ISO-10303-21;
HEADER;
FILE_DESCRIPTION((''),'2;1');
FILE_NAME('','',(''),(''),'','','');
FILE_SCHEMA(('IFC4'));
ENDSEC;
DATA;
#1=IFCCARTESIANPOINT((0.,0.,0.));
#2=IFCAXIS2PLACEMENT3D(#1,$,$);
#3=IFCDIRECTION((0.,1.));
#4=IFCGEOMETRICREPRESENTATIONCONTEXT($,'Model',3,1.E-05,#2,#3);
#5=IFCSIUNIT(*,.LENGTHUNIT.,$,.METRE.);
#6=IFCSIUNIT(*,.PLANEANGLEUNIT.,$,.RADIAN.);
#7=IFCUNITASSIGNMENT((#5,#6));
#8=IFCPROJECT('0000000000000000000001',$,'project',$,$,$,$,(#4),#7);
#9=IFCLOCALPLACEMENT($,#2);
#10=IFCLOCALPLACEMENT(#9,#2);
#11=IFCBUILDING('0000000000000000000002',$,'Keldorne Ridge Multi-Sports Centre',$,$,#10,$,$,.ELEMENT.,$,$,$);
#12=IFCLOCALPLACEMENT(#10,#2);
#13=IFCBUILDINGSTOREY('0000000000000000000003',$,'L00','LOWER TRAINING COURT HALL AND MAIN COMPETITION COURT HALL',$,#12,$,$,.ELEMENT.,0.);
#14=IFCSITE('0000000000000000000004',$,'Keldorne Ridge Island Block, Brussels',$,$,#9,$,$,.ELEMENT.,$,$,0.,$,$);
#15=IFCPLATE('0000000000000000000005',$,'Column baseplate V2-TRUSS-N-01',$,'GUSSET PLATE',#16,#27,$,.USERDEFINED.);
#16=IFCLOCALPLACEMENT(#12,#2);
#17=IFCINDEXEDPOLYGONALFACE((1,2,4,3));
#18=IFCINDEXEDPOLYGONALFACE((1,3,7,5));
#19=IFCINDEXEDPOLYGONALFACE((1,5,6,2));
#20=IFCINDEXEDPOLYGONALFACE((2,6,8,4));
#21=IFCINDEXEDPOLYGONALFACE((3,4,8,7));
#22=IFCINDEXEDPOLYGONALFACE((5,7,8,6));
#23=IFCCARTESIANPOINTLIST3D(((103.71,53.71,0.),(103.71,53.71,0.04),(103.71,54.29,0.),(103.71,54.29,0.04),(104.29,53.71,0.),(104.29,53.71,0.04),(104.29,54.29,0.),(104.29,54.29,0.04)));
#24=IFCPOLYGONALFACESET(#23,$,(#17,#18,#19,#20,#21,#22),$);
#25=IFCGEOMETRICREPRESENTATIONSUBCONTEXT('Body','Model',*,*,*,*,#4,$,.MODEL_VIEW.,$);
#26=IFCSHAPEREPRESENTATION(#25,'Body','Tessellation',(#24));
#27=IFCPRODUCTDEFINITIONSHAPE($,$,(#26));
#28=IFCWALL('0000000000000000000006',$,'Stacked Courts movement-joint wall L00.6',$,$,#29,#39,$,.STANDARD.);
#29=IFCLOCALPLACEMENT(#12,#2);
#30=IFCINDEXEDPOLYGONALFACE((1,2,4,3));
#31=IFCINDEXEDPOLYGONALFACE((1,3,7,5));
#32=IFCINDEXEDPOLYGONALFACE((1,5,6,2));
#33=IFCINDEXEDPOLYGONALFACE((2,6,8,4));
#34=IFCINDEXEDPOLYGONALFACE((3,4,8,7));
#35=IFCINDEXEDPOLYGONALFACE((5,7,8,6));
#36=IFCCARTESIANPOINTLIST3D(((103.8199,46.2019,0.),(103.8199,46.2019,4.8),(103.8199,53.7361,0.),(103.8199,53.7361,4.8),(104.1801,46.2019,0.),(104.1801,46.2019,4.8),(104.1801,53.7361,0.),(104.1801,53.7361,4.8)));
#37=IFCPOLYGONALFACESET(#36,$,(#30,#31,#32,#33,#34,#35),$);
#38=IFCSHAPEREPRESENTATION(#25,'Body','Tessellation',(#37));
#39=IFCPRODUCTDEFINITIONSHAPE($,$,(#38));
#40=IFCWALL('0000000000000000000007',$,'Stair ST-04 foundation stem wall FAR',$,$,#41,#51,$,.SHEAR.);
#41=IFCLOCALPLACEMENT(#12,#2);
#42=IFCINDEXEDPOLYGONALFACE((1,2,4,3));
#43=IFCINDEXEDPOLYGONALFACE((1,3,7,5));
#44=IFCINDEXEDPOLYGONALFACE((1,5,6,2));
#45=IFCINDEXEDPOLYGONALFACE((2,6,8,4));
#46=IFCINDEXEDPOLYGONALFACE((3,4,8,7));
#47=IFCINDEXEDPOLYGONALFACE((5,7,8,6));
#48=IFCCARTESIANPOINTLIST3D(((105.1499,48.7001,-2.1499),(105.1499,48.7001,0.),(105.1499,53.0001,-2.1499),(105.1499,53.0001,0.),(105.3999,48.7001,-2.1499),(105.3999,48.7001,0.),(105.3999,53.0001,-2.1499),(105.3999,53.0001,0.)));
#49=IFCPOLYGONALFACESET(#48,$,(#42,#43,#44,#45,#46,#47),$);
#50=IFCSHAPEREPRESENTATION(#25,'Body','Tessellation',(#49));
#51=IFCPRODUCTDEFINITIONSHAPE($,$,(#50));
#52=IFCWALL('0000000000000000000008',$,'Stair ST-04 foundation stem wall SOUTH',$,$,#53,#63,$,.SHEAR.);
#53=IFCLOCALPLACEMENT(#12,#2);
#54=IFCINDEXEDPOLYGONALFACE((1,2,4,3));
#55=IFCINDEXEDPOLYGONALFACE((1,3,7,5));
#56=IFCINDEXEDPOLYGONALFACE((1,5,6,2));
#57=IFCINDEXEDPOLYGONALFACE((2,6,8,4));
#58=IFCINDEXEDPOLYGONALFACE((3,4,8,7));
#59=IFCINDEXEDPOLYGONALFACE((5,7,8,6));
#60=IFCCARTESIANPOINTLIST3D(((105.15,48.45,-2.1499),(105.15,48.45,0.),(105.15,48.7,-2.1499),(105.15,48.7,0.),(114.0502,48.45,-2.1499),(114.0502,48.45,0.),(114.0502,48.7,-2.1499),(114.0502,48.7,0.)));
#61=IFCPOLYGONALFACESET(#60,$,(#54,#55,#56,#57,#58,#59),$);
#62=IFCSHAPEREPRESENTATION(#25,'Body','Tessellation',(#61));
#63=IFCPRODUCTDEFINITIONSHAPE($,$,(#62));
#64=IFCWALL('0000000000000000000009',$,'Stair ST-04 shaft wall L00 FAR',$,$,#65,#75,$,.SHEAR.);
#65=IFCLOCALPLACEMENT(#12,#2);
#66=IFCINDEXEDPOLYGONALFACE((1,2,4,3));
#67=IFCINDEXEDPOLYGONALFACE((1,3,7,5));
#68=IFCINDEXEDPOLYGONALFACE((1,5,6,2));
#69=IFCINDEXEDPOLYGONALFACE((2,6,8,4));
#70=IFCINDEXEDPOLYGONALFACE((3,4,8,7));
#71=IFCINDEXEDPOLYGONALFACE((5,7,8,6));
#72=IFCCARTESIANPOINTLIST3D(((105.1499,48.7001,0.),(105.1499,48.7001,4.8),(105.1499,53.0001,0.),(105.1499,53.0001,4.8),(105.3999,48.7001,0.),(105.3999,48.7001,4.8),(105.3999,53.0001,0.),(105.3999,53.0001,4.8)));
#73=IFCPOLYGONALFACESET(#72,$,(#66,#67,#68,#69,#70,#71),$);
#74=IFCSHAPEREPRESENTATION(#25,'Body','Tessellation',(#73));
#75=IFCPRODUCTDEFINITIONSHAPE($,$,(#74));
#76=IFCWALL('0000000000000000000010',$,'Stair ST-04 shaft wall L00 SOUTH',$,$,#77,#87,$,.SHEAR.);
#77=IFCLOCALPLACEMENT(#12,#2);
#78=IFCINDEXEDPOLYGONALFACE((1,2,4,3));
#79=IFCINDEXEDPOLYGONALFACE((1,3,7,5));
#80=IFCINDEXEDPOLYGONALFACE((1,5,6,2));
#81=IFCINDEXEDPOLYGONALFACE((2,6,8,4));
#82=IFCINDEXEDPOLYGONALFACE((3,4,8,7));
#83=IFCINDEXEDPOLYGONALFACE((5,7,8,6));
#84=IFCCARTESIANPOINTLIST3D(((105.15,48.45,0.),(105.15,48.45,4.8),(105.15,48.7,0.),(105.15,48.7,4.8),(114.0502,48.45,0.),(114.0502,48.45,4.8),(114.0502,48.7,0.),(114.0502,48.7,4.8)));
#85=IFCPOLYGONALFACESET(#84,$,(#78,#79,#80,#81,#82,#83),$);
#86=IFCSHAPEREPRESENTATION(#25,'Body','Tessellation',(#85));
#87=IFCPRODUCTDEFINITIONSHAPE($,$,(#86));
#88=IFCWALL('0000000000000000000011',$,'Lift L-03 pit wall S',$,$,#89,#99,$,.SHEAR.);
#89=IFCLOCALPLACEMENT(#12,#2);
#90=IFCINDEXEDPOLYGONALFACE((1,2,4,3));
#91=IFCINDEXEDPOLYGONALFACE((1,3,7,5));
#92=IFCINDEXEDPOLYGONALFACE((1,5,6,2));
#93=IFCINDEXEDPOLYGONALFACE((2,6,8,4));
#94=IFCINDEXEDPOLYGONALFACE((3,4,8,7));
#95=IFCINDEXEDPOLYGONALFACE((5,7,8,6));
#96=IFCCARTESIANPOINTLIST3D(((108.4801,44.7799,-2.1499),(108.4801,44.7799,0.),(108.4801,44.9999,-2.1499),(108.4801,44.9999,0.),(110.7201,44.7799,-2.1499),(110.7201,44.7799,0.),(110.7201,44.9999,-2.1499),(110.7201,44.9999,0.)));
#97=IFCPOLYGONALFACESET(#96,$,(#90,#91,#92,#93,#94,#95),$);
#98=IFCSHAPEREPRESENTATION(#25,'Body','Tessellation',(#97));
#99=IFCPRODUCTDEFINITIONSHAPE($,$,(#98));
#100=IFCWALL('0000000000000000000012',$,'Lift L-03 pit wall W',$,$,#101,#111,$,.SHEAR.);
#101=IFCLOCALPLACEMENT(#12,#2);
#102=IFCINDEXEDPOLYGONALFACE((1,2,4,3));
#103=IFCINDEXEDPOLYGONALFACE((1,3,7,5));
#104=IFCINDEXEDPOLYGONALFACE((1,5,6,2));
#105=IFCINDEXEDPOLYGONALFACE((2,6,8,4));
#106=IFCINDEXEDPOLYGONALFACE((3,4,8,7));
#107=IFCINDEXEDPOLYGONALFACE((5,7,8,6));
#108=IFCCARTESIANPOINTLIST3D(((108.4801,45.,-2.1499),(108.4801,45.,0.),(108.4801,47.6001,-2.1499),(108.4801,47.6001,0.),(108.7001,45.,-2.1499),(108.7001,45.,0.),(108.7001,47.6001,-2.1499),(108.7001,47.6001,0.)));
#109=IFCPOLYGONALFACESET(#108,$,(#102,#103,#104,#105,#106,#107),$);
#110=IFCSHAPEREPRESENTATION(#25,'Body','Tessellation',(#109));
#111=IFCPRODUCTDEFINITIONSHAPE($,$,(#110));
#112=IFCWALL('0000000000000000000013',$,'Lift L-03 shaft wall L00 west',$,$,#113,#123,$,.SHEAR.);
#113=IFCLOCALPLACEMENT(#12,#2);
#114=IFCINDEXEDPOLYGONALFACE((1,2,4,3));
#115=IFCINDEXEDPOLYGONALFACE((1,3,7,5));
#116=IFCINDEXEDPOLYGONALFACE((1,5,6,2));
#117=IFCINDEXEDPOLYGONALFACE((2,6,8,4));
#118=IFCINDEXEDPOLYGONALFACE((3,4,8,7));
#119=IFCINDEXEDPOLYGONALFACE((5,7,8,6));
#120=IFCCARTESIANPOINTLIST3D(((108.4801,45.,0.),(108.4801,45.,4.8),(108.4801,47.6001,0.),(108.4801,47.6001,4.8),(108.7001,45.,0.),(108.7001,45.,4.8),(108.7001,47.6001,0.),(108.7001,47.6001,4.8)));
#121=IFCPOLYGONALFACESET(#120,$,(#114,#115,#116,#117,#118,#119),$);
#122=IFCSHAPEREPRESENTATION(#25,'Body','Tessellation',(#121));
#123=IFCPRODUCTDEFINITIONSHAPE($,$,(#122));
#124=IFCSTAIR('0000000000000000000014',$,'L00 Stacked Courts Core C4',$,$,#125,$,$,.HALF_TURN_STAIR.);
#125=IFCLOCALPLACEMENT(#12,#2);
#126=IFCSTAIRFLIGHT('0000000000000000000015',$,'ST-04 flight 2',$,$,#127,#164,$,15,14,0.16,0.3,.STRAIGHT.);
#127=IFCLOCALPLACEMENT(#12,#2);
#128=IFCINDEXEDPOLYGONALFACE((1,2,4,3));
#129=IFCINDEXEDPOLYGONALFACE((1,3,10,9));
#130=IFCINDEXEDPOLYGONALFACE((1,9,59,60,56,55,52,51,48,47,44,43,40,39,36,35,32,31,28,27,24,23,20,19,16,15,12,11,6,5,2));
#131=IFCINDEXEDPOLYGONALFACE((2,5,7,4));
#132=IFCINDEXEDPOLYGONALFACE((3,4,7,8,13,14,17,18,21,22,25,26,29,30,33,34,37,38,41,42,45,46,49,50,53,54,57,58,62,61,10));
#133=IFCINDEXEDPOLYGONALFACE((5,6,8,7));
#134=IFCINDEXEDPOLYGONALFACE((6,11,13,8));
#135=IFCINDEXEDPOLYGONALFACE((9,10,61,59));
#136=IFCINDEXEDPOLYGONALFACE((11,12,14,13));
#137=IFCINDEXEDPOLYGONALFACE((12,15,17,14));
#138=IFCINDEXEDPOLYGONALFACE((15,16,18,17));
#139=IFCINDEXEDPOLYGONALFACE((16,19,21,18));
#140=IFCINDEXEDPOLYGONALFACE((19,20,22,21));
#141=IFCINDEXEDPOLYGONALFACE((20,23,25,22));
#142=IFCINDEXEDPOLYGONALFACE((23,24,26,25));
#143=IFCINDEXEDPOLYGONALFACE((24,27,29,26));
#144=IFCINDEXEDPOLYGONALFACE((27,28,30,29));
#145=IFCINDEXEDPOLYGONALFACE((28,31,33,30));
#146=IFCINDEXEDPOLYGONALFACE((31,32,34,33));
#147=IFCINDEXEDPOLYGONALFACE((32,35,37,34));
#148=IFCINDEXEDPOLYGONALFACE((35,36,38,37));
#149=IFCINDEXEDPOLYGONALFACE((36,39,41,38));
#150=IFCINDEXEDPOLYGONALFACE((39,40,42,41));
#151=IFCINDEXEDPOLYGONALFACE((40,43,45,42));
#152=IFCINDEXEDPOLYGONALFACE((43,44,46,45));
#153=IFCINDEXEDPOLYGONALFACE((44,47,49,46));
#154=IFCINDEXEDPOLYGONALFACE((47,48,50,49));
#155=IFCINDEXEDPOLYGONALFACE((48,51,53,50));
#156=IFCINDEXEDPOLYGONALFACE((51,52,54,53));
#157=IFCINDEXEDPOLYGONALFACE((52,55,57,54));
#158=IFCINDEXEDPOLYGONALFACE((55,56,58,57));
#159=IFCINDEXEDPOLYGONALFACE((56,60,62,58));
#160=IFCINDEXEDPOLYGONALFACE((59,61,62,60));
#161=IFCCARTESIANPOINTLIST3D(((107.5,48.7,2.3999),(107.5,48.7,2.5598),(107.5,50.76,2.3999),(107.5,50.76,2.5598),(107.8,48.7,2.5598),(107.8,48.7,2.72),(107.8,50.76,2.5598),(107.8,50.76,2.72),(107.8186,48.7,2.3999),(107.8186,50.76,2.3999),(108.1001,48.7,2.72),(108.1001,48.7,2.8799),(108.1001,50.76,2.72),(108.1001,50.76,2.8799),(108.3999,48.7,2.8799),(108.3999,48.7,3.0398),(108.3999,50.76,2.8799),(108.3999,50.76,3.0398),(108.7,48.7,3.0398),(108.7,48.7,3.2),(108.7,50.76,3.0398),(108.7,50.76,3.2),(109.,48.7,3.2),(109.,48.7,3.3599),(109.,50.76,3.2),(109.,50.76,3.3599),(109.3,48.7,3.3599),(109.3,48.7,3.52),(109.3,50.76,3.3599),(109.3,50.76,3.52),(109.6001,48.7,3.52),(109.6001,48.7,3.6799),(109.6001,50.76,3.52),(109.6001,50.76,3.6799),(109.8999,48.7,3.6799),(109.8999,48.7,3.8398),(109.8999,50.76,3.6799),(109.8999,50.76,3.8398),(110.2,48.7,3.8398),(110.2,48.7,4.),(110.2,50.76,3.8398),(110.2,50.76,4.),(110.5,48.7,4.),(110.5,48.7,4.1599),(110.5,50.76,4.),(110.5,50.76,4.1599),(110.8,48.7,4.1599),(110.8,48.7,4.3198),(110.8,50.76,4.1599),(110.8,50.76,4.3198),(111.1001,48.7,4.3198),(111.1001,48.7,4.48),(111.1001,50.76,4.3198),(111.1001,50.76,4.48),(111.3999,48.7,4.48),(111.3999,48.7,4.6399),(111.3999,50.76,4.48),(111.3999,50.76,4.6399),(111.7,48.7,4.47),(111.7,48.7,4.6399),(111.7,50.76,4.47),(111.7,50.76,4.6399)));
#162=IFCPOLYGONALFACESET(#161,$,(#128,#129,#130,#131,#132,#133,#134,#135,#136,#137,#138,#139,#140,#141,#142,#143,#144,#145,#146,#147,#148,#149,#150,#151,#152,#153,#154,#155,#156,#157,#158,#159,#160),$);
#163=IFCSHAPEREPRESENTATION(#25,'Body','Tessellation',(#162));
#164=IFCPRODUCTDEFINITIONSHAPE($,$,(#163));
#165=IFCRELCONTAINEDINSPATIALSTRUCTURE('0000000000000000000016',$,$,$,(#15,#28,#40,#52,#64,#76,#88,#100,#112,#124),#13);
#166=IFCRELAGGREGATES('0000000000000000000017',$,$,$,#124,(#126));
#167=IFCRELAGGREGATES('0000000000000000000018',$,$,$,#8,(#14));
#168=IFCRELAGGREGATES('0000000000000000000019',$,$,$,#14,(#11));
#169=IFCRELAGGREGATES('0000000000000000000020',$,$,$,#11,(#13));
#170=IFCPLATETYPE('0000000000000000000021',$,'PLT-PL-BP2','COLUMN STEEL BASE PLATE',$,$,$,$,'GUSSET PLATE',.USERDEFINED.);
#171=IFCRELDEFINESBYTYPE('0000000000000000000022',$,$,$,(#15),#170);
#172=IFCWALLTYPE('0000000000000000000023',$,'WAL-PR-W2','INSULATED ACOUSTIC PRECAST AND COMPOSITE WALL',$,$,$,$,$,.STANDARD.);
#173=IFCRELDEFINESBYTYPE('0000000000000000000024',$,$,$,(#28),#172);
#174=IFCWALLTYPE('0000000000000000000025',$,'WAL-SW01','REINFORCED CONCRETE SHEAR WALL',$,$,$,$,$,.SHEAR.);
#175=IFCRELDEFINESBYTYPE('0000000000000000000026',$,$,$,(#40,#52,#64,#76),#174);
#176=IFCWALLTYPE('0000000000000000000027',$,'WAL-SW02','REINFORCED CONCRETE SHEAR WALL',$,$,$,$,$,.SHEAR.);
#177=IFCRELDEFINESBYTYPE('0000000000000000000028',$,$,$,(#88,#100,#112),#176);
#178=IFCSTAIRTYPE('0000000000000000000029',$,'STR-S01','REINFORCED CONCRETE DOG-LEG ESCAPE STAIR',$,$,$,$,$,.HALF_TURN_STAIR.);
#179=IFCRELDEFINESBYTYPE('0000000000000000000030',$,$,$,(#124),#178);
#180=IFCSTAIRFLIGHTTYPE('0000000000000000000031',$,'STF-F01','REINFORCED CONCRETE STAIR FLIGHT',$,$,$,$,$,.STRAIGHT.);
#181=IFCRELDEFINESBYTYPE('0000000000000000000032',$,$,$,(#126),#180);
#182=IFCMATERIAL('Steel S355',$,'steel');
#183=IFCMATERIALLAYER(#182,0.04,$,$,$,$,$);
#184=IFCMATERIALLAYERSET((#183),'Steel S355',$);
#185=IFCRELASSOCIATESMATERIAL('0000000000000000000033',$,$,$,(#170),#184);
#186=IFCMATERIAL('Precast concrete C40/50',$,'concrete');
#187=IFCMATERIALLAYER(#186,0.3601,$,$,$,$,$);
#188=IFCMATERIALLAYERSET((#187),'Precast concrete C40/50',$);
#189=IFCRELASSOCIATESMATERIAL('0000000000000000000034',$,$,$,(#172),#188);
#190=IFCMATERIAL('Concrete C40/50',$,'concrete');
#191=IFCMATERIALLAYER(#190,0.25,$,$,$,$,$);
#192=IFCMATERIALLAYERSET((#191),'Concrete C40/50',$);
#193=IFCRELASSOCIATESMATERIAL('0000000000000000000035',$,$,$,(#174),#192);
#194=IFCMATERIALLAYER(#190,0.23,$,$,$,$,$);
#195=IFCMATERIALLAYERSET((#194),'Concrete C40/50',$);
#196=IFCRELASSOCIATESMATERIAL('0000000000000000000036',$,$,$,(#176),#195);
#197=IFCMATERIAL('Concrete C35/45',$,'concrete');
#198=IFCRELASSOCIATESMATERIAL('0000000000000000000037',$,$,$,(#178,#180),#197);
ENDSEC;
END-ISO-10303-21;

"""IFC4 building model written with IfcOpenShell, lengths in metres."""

from ifc_helpers import new_model, si_unit, direction, frame, frame_2d, origin, origin_2d, place, context, subcontext, project, spatial, polyline, rectangle, outline, extrude, material, layer, layer_set, type_object, element, aggregate, save


model = new_model("IFC4")

# Units and contexts
model_context = context("Model", 3, precision=1e-05, world=origin(), true_north=direction((0.0, 1.0)))
body_context = subcontext(model_context, "Body", "Model", "MODEL_VIEW")
ifc_project = project(units=[si_unit("LENGTHUNIT", "METRE"), si_unit("PLANEANGLEUNIT", "RADIAN")], contexts=[model_context])

# Site, building, storey
site_placement = place(None, origin())
site = spatial("IfcSite", under=ifc_project, at=site_placement, Name="Keldorne Ridge Island Block, Brussels", CompositionType="ELEMENT", RefElevation=0.0)
building_placement = place(site_placement, origin())
building = spatial("IfcBuilding", under=site, at=building_placement, Name="Keldorne Ridge Multi-Sports Centre", CompositionType="ELEMENT")
storey_placement = place(building_placement, origin())
storey = spatial("IfcBuildingStorey", under=building, at=storey_placement, Name="L00", Description="LOWER TRAINING COURT HALL AND MAIN COMPETITION COURT HALL", CompositionType="ELEMENT", Elevation=0.0)

# Shared definitions
ifc_material_1 = material(Name="Concrete C35/45", Category="concrete")

# Shared definitions
ifc_material_2 = material(Name="Steel S355", Category="steel")
ifc_material_3 = material(Name="Concrete C40/50", Category="concrete")

# Plate
ifc_layer_1 = layer(ifc_material_2, 0.04)
ifc_layer_set_1 = layer_set([ifc_layer_1], Name="Steel S355")
plate_type_1 = type_object("IfcPlateType", Name="PLT-PL-BP2", Description="COLUMN STEEL BASE PLATE", ElementType="GUSSET PLATE", PredefinedType="USERDEFINED", material=ifc_layer_set_1)
plate_1_placement = place(storey_placement, frame((104.0, 54.0, 0.0), z_axis=(0.0, 0.0, 1.0), x_axis=(1.0, 0.0, 0.0)))
element("IfcPlate", 1, at=plate_1_placement, inside=storey, type_object=plate_type_1, Name="Column baseplate V2-TRUSS-N-01", ObjectType="GUSSET PLATE", PredefinedType="USERDEFINED", context=body_context, shape_type="SweptSolid", body=[
    extrude(rectangle(XDim=0.5801, YDim=0.5801, at=origin_2d()), origin(), (0.0, 0.0, 1.0), 0.04),
])

# Walls
ifc_material_4 = material(Name="Precast concrete C40/50", Category="concrete")
ifc_layer_2 = layer(ifc_material_4, 0.3601)
ifc_layer_set_2 = layer_set([ifc_layer_2], Name="Precast concrete C40/50")
wall_type_1 = type_object("IfcWallType", Name="WAL-PR-W2", Description="INSULATED ACOUSTIC PRECAST AND COMPOSITE WALL", PredefinedType="STANDARD", material=ifc_layer_set_2)
wall_1_placement = place(storey_placement, frame((104.0, 53.7361, 0.0), z_axis=(0.0, 0.0, 1.0), x_axis=(0.0, -1.0, 0.0)))
element("IfcWall", 2, at=wall_1_placement, inside=storey, type_object=wall_type_1, Name="Stacked Courts movement-joint wall L00.6", PredefinedType="STANDARD", context=body_context, shape_type="SweptSolid", body=[
    extrude(rectangle(XDim=7.5342, YDim=0.3601, at=frame_2d((3.7671, 0.0))), origin(), (0.0, 0.0, 1.0), 4.8),
])
ifc_layer_3 = layer(ifc_material_3, 0.25)
ifc_layer_set_3 = layer_set([ifc_layer_3], Name="Concrete C40/50")
wall_type_2 = type_object("IfcWallType", Name="WAL-SW01", Description="REINFORCED CONCRETE SHEAR WALL", PredefinedType="SHEAR", material=ifc_layer_set_3)
wall_2_placement = place(storey_placement, frame((105.2749, 53.0, -2.1499), z_axis=(0.0, 0.0, 1.0), x_axis=(0.0, -1.0, 0.0)))
element("IfcWall", 3, at=wall_2_placement, inside=storey, type_object=wall_type_2, Name="Stair ST-04 foundation stem wall FAR", PredefinedType="SHEAR", context=body_context, shape_type="SweptSolid", body=[
    extrude(rectangle(XDim=4.3, YDim=0.25, at=frame_2d((2.1499, 0.0))), origin(), (0.0, 0.0, 1.0), 2.1499),
])
wall_3_placement = place(storey_placement, frame((105.1499, 48.575, -2.1499), z_axis=(0.0, 0.0, 1.0), x_axis=(1.0, 0.0, 0.0)))
element("IfcWall", 4, at=wall_3_placement, inside=storey, type_object=wall_type_2, Name="Stair ST-04 foundation stem wall SOUTH", PredefinedType="SHEAR", context=body_context, shape_type="SweptSolid", body=[
    extrude(rectangle(XDim=8.9001, YDim=0.25, at=frame_2d((4.4502, 0.0))), origin(), (0.0, 0.0, 1.0), 2.1499),
])
wall_4_placement = place(storey_placement, frame((105.2749, 53.0, 0.0), z_axis=(0.0, 0.0, 1.0), x_axis=(0.0, -1.0, 0.0)))
element("IfcWall", 5, at=wall_4_placement, inside=storey, type_object=wall_type_2, Name="Stair ST-04 shaft wall L00 FAR", PredefinedType="SHEAR", context=body_context, shape_type="SweptSolid", body=[
    extrude(rectangle(XDim=4.3, YDim=0.25, at=frame_2d((2.1499, 0.0))), origin(), (0.0, 0.0, 1.0), 4.8),
])
wall_5_placement = place(storey_placement, frame((105.1499, 48.575, 0.0), z_axis=(0.0, 0.0, 1.0), x_axis=(1.0, 0.0, 0.0)))
element("IfcWall", 6, at=wall_5_placement, inside=storey, type_object=wall_type_2, Name="Stair ST-04 shaft wall L00 SOUTH", PredefinedType="SHEAR", context=body_context, shape_type="SweptSolid", body=[
    extrude(rectangle(XDim=8.9001, YDim=0.25, at=frame_2d((4.4502, 0.0))), origin(), (0.0, 0.0, 1.0), 4.8),
])
ifc_layer_4 = layer(ifc_material_3, 0.23)
ifc_layer_set_4 = layer_set([ifc_layer_4], Name="Concrete C40/50")
wall_type_3 = type_object("IfcWallType", Name="WAL-SW02", Description="REINFORCED CONCRETE SHEAR WALL", PredefinedType="SHEAR", material=ifc_layer_set_4)
wall_6_placement = place(storey_placement, frame((108.48, 44.8899, -2.1499), z_axis=(0.0, 0.0, 1.0), x_axis=(1.0, 0.0, 0.0)))
element("IfcWall", 7, at=wall_6_placement, inside=storey, type_object=wall_type_3, Name="Lift L-03 pit wall S", PredefinedType="SHEAR", context=body_context, shape_type="SweptSolid", body=[
    extrude(rectangle(XDim=2.24, YDim=0.22, at=frame_2d((1.1201, 0.0))), origin(), (0.0, 0.0, 1.0), 2.1499),
])
wall_7_placement = place(storey_placement, frame((108.5901, 47.6001, -2.1499), z_axis=(0.0, 0.0, 1.0), x_axis=(0.0, -1.0, 0.0)))
element("IfcWall", 8, at=wall_7_placement, inside=storey, type_object=wall_type_3, Name="Lift L-03 pit wall W", PredefinedType="SHEAR", context=body_context, shape_type="SweptSolid", body=[
    extrude(rectangle(XDim=2.6001, YDim=0.22, at=frame_2d((1.3, 0.0))), origin(), (0.0, 0.0, 1.0), 2.1499),
])

# Wall
wall_8_placement = place(storey_placement, frame((108.5901, 47.6001, 0.0), z_axis=(0.0, 0.0, 1.0), x_axis=(0.0, -1.0, 0.0)))
element("IfcWall", 9, at=wall_8_placement, inside=storey, type_object=wall_type_3, Name="Lift L-03 shaft wall L00 west", PredefinedType="SHEAR", context=body_context, shape_type="SweptSolid", body=[
    extrude(rectangle(XDim=2.6001, YDim=0.22, at=frame_2d((1.3, 0.0))), origin(), (0.0, 0.0, 1.0), 4.8),
])

# Stair, stair flight
stair_type = type_object("IfcStairType", Name="STR-S01", Description="REINFORCED CONCRETE DOG-LEG ESCAPE STAIR", PredefinedType="HALF_TURN_STAIR", material=ifc_material_1)
stair_placement = place(storey_placement, origin())
stair = element("IfcStair", 10, at=stair_placement, inside=storey, type_object=stair_type, Name="L00 Stacked Courts Core C4", PredefinedType="HALF_TURN_STAIR")
stair_flight_type = type_object("IfcStairFlightType", Name="STF-F01", Description="REINFORCED CONCRETE STAIR FLIGHT", PredefinedType="STRAIGHT", material=ifc_material_1)
stair_flight_placement = place(storey_placement, frame((107.5, 49.73, 2.3999), z_axis=(0.0, 0.0, 1.0), x_axis=(1.0, 0.0, 0.0)))
stair_flight = element("IfcStairFlight", 11, at=stair_flight_placement, type_object=stair_flight_type, Name="ST-04 flight 2", NumberOfRisers=15, NumberOfTreads=14, PredefinedType="STRAIGHT", RiserHeight=0.16, TreadLength=0.3, context=body_context, shape_type="SweptSolid", body=[
    extrude(outline(polyline([(0.0, 0.0), (0.0, 0.1599), (0.3, 0.1599), (0.3, 0.3201), (0.6001, 0.3201), (0.6001, 0.48), (0.8999, 0.48), (0.8999, 0.6399), (1.2, 0.6399), (1.2, 0.8), (1.5, 0.8), (1.5, 0.96), (1.8, 0.96), (1.8, 1.1201), (2.1001, 1.1201), (2.1001, 1.28), (2.3999, 1.28), (2.3999, 1.4399), (2.7, 1.4399), (2.7, 1.6001), (3.0, 1.6001), (3.0, 1.76), (3.3, 1.76), (3.3, 1.9199), (3.6001, 1.9199), (3.6001, 2.0801), (3.8999, 2.0801), (3.8999, 2.24), (4.2, 2.24), (4.2, 2.3999), (4.2, 2.0701), (0.3186, 0.0), (0.0, 0.0)])), frame((0.0, 1.03, 0.0), z_axis=(0.0, -1.0, 0.0), x_axis=(1.0, 0.0, 0.0)), (0.0, 0.0, 1.0), 2.0601),
])
aggregate(stair, [stair_flight])

save(model, "model.ifc")
